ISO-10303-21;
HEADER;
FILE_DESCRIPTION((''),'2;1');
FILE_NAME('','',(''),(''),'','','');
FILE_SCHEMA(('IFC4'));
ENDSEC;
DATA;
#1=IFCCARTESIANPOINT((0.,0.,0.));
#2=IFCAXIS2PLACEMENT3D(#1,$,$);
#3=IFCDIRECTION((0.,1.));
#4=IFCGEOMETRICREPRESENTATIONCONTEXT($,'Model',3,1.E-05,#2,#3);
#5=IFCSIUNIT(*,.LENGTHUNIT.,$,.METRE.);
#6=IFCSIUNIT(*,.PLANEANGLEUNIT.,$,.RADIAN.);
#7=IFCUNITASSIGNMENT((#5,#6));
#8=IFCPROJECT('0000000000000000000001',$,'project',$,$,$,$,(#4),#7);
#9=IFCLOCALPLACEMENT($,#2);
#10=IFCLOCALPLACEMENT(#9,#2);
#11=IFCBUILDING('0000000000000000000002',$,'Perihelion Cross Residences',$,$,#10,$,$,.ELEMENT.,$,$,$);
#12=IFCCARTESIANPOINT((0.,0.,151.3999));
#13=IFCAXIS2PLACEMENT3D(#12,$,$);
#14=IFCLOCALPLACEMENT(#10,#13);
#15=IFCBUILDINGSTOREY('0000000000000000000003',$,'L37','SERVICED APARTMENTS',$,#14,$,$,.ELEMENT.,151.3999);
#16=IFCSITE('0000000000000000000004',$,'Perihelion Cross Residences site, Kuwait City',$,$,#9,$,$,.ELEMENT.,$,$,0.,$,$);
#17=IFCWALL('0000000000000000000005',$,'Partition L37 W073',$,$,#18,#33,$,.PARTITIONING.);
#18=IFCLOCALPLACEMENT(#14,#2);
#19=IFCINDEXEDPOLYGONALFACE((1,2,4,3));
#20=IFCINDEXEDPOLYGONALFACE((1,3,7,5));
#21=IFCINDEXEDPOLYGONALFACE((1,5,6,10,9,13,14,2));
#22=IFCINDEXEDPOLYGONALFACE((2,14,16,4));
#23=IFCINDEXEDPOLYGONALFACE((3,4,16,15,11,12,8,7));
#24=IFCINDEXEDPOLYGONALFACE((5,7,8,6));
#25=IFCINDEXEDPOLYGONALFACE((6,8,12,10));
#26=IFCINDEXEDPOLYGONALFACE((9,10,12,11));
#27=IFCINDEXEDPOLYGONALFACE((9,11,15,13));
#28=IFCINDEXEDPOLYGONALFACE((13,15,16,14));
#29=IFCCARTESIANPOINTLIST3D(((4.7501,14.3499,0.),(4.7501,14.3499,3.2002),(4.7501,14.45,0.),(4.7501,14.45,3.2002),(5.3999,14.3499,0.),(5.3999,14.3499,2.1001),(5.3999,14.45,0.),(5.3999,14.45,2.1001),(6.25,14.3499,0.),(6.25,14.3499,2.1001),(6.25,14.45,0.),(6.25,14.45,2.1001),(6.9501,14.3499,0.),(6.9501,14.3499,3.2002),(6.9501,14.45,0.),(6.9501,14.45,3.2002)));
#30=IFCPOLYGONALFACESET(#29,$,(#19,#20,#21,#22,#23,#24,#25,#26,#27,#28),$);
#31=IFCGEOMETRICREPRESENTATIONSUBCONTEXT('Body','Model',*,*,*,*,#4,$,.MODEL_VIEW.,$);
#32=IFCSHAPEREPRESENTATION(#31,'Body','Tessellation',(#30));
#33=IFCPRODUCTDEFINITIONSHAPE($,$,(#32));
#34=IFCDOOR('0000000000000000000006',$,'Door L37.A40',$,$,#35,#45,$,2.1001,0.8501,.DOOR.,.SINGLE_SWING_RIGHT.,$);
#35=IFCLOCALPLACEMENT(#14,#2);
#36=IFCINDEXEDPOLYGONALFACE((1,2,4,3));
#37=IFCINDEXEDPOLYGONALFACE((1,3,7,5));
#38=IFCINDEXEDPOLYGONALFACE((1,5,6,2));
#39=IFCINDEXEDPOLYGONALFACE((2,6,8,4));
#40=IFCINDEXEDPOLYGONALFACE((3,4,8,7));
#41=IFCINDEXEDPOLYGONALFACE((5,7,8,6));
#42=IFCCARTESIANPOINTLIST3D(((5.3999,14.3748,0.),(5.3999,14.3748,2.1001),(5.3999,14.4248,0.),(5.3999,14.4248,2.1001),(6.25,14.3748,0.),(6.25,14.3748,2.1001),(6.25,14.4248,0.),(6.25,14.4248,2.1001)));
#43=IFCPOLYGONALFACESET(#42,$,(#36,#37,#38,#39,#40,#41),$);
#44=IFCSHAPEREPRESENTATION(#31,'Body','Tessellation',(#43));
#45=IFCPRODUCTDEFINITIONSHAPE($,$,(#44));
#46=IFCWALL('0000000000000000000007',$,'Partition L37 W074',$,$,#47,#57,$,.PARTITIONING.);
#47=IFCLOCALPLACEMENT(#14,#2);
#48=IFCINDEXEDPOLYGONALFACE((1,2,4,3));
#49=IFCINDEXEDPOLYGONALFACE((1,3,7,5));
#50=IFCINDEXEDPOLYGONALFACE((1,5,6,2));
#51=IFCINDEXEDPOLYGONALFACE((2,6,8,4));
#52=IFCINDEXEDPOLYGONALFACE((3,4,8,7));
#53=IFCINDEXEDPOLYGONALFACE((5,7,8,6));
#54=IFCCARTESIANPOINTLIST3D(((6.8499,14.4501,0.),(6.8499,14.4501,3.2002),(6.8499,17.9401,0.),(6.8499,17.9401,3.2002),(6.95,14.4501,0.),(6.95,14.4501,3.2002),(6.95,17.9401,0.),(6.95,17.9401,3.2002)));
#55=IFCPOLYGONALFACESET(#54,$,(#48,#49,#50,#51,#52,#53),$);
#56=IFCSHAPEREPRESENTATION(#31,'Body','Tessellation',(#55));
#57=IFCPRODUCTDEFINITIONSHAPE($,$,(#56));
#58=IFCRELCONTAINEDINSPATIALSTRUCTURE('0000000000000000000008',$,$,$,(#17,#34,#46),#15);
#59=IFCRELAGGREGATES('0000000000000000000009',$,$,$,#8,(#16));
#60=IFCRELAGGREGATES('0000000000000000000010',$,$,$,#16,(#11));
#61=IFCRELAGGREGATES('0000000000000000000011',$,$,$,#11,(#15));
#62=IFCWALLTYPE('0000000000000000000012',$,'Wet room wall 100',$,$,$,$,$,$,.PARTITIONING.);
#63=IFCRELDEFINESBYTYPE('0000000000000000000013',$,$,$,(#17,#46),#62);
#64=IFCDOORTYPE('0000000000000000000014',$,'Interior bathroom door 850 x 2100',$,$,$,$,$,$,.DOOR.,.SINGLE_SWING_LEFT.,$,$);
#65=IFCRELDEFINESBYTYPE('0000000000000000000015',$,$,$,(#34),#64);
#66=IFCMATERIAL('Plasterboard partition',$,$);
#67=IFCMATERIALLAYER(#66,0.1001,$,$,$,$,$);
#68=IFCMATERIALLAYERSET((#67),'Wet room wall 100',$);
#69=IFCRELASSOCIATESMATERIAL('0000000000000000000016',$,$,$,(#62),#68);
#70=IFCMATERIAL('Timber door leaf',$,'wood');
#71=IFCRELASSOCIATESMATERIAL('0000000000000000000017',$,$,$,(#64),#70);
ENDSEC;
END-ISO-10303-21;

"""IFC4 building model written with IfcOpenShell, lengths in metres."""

from ifc_helpers import new_model, si_unit, direction, frame, frame_2d, origin, place, context, subcontext, project, spatial, rectangle, extrude, material, layer, layer_set, type_object, element, fill, save


model = new_model("IFC4")

# Units and contexts
model_context = context("Model", 3, precision=1e-05, world=origin(), true_north=direction((0.0, 1.0)))
body_context = subcontext(model_context, "Body", "Model", "MODEL_VIEW")
ifc_project = project(units=[si_unit("LENGTHUNIT", "METRE"), si_unit("PLANEANGLEUNIT", "RADIAN")], contexts=[model_context])

# Site, building, storey
site_placement = place(None, origin())
site = spatial("IfcSite", under=ifc_project, at=site_placement, Name="Perihelion Cross Residences site, Kuwait City", CompositionType="ELEMENT", RefElevation=0.0)
building_placement = place(site_placement, origin())
building = spatial("IfcBuilding", under=site, at=building_placement, Name="Perihelion Cross Residences", CompositionType="ELEMENT")
storey_placement = place(building_placement, frame((0.0, 0.0, 151.3999)))
storey = spatial("IfcBuildingStorey", under=building, at=storey_placement, Name="L37", Description="SERVICED APARTMENTS", CompositionType="ELEMENT", Elevation=151.3999)

# Wall, opening, door
ifc_material_1 = material(Name="Plasterboard partition")
ifc_layer_1 = layer(ifc_material_1, 0.1001)
ifc_layer_set_1 = layer_set([ifc_layer_1], Name="Wet room wall 100")
wall_type_1 = type_object("IfcWallType", Name="Wet room wall 100", PredefinedType="PARTITIONING", material=ifc_layer_set_1)
wall_1_placement = place(storey_placement, frame((4.75, 14.3999, 0.0), z_axis=(0.0, 0.0, 1.0), x_axis=(1.0, 0.0, 0.0)))
wall_1 = element("IfcWall", 1, at=wall_1_placement, inside=storey, type_object=wall_type_1, Name="Partition L37 W073", PredefinedType="PARTITIONING", context=body_context, shape_type="SweptSolid", body=[
    extrude(rectangle(XDim=2.2, YDim=0.1001, at=frame_2d((1.1001, 0.0))), origin(), (0.0, 0.0, 1.0), 3.2002),
])
opening_1_placement = place(wall_1_placement, frame((0.6499, 0.0, 0.0)))
opening_1 = element("IfcOpeningElement", 2, at=opening_1_placement, cuts=wall_1, PredefinedType="OPENING", context=body_context, shape_type="SweptSolid", body=[
    extrude(rectangle(XDim=0.8501, YDim=2.1001, at=frame_2d((0.425, 1.05))), frame((0.0, 0.0601, 0.0), z_axis=(0.0, -1.0, 0.0), x_axis=(1.0, 0.0, 0.0)), (0.0, 0.0, 1.0), 0.1201),
])
ifc_material_2 = material(Name="Timber door leaf", Category="wood")
door_type_1 = type_object("IfcDoorType", Name="Interior bathroom door 850 x 2100", OperationType="SINGLE_SWING_LEFT", PredefinedType="DOOR", material=ifc_material_2)
door_1_placement = place(opening_1_placement, origin())
door_1 = element("IfcDoor", 3, at=door_1_placement, inside=storey, type_object=door_type_1, Name="Door L37.A40", OperationType="SINGLE_SWING_RIGHT", OverallHeight=2.1001, OverallWidth=0.8501, PredefinedType="DOOR", context=body_context, shape_type="SweptSolid", body=[
    extrude(rectangle(XDim=0.8501, YDim=2.1001, at=frame_2d((0.425, 1.05))), frame((0.0, 0.0249, 0.0), z_axis=(0.0, -1.0, 0.0), x_axis=(1.0, 0.0, 0.0)), (0.0, 0.0, 1.0), 0.05),
])
fill(opening_1, door_1)

# Wall
wall_2_placement = place(storey_placement, frame((6.8999, 14.45, 0.0), z_axis=(0.0, 0.0, 1.0), x_axis=(0.0, 1.0, 0.0)))
element("IfcWall", 4, at=wall_2_placement, inside=storey, type_object=wall_type_1, Name="Partition L37 W074", PredefinedType="PARTITIONING", context=body_context, shape_type="SweptSolid", body=[
    extrude(rectangle(XDim=3.49, YDim=0.1001, at=frame_2d((1.7451, 0.0))), origin(), (0.0, 0.0, 1.0), 3.2002),
])

save(model, "model.ifc")
